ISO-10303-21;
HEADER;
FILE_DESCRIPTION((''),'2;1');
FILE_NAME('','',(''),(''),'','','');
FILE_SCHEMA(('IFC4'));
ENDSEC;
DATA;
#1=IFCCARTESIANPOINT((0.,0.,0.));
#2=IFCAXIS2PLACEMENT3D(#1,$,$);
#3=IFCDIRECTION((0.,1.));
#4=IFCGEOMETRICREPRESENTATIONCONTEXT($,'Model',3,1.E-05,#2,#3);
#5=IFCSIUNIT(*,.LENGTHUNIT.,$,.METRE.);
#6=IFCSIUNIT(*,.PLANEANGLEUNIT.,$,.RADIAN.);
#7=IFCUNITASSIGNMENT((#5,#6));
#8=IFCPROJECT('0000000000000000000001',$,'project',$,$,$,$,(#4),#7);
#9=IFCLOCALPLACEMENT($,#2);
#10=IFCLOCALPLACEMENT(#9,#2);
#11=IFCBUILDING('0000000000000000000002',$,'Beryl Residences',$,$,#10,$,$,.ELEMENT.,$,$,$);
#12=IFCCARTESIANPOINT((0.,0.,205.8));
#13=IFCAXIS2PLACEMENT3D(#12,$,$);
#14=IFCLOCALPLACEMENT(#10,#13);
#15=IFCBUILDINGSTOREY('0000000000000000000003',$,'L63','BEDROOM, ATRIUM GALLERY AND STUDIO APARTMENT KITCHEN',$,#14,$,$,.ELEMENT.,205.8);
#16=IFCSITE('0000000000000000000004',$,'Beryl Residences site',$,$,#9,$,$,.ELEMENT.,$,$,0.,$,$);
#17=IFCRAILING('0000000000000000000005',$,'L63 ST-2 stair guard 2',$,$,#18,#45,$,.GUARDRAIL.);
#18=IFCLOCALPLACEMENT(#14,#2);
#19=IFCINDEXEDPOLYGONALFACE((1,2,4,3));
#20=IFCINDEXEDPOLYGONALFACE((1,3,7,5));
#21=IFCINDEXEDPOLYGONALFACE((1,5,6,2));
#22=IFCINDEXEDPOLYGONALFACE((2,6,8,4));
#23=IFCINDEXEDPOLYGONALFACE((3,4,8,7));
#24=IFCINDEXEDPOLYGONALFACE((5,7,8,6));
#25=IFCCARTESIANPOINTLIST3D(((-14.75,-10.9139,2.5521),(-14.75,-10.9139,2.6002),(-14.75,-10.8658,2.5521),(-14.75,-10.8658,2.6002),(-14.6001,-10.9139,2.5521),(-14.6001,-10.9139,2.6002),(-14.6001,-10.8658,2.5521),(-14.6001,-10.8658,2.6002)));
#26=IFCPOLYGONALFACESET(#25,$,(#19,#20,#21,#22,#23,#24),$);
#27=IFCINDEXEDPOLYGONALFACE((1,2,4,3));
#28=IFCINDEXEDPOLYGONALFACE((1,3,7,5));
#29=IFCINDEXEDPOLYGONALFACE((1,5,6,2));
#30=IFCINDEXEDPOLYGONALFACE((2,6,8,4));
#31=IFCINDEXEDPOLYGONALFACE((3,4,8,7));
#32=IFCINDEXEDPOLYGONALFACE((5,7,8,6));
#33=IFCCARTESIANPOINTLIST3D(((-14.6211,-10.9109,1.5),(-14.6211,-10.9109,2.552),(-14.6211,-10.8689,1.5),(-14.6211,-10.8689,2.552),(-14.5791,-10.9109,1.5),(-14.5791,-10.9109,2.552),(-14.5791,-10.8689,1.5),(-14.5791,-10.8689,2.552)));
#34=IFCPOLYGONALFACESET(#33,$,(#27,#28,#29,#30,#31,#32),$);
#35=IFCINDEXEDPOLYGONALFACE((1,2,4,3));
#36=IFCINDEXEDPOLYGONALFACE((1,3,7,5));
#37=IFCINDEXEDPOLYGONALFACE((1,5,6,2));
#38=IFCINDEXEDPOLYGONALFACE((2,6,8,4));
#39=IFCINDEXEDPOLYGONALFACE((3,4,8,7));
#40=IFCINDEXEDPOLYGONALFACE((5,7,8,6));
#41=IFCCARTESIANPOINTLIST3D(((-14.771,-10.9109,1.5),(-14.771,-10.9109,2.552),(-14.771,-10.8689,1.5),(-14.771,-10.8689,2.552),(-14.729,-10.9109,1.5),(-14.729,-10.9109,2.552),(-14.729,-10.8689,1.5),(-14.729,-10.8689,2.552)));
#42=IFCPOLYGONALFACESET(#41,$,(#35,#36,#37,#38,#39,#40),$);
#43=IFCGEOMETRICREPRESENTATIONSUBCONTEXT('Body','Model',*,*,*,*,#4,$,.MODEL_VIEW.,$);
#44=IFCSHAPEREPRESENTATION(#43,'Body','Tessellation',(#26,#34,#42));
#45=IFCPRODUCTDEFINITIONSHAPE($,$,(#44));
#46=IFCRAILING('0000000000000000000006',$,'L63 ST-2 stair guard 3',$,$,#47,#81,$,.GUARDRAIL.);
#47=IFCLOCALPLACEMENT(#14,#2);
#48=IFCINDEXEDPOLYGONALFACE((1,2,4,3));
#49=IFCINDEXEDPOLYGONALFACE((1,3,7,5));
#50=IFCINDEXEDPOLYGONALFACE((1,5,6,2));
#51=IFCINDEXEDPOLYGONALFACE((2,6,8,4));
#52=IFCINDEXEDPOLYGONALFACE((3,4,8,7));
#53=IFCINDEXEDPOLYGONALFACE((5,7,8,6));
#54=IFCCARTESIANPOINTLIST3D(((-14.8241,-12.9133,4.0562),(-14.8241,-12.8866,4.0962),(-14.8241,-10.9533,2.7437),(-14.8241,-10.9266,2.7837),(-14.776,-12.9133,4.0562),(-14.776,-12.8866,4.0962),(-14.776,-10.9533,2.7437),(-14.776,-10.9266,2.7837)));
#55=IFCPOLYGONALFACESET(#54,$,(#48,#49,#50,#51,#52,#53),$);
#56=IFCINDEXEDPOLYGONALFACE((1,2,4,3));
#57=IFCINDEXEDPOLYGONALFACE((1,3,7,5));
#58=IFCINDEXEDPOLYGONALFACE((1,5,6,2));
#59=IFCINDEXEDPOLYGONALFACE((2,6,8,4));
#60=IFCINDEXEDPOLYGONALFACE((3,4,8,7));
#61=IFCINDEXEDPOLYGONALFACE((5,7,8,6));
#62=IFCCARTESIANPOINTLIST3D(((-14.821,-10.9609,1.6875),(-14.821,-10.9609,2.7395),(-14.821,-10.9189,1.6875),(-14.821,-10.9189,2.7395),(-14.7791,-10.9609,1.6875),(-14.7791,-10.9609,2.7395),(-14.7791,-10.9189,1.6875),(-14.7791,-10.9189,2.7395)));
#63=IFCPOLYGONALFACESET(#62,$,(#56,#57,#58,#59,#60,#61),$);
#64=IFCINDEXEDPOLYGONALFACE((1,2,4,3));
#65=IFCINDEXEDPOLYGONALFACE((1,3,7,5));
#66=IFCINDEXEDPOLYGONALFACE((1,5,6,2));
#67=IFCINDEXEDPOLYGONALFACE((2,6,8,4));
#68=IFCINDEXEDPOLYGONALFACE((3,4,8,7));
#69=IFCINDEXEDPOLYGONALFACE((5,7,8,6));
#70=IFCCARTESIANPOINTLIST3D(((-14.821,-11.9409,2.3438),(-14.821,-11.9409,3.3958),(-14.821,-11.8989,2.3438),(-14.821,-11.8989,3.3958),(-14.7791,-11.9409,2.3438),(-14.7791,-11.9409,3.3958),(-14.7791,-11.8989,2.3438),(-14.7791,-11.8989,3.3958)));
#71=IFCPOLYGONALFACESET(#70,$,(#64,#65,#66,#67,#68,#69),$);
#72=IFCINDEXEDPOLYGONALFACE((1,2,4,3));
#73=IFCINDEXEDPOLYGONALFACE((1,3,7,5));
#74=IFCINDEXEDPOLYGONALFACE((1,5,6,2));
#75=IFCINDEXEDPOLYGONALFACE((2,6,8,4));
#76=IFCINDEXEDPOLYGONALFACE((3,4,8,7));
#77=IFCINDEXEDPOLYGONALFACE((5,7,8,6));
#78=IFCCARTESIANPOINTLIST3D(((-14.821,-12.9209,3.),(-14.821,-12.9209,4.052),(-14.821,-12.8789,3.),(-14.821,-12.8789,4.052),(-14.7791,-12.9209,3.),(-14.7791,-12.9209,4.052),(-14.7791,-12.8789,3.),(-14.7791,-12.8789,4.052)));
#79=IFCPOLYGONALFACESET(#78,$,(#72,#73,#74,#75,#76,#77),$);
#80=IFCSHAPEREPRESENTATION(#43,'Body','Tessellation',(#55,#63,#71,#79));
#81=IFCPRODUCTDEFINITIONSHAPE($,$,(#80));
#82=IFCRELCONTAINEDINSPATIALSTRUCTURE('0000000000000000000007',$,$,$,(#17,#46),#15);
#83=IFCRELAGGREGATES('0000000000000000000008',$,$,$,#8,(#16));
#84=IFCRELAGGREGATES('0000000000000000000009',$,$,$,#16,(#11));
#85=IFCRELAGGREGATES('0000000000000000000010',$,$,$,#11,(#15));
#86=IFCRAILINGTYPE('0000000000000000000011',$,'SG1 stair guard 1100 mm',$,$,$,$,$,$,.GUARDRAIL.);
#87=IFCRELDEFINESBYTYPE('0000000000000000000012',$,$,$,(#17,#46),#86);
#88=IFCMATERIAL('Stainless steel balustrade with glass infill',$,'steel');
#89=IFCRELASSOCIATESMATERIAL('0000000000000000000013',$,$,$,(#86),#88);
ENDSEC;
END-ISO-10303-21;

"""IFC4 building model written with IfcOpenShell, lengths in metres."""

from ifc_helpers import new_model, si_unit, direction, frame, origin, origin_2d, place, context, subcontext, project, spatial, rectangle, extrude, material, type_object, element, save


model = new_model("IFC4")

# Units and contexts
model_context = context("Model", 3, precision=1e-05, world=origin(), true_north=direction((0.0, 1.0)))
body_context = subcontext(model_context, "Body", "Model", "MODEL_VIEW")
ifc_project = project(units=[si_unit("LENGTHUNIT", "METRE"), si_unit("PLANEANGLEUNIT", "RADIAN")], contexts=[model_context])

# Site, building, storey
site_placement = place(None, origin())
site = spatial("IfcSite", under=ifc_project, at=site_placement, Name="Beryl Residences site", CompositionType="ELEMENT", RefElevation=0.0)
building_placement = place(site_placement, origin())
building = spatial("IfcBuilding", under=site, at=building_placement, Name="Beryl Residences", CompositionType="ELEMENT")
storey_placement = place(building_placement, frame((0.0, 0.0, 205.8)))
storey = spatial("IfcBuildingStorey", under=building, at=storey_placement, Name="L63", Description="BEDROOM, ATRIUM GALLERY AND STUDIO APARTMENT KITCHEN", CompositionType="ELEMENT", Elevation=205.8)

# Railings
ifc_material_1 = material(Name="Stainless steel balustrade with glass infill", Category="steel")
railing_type = type_object("IfcRailingType", Name="SG1 stair guard 1100 mm", PredefinedType="GUARDRAIL", material=ifc_material_1)
railing_1_placement = place(storey_placement, frame((-14.6001, -10.8899, 1.5)))
element("IfcRailing", 1, at=railing_1_placement, inside=storey, type_object=railing_type, Name="L63 ST-2 stair guard 2", PredefinedType="GUARDRAIL", context=body_context, shape_type="SweptSolid", body=[
    extrude(rectangle(XDim=0.0481, YDim=0.0481, at=origin_2d()), frame((0.0, 0.0, 1.0762), z_axis=(-1.0, 0.0, 0.0), x_axis=(0.0, -1.0, 0.0)), (0.0, 0.0, 1.0), 0.1499),
    extrude(rectangle(XDim=0.042, YDim=0.042, at=origin_2d()), origin(), (0.0, 0.0, 1.0), 1.052),
    extrude(rectangle(XDim=0.042, YDim=0.042, at=origin_2d()), frame((-0.1499, 0.0, 0.0)), (0.0, 0.0, 1.0), 1.052),
])
railing_2_placement = place(storey_placement, frame((-14.8, -10.9399, 1.6875)))
element("IfcRailing", 2, at=railing_2_placement, inside=storey, type_object=railing_type, Name="L63 ST-2 stair guard 3", PredefinedType="GUARDRAIL", context=body_context, shape_type="SweptSolid", body=[
    extrude(rectangle(XDim=0.0481, YDim=0.0481, at=origin_2d()), frame((0.0, 0.0, 1.0762), z_axis=(0.0, -0.830902, 0.556419), x_axis=(1.0, 0.0, 0.0)), (0.0, 0.0, 1.0), 2.3589),
    extrude(rectangle(XDim=0.042, YDim=0.042, at=origin_2d()), origin(), (0.0, 0.0, 1.0), 1.052),
    extrude(rectangle(XDim=0.042, YDim=0.042, at=origin_2d()), frame((0.0, -0.98, 0.6562)), (0.0, 0.0, 1.0), 1.052),
    extrude(rectangle(XDim=0.042, YDim=0.042, at=origin_2d()), frame((0.0, -1.96, 1.3125)), (0.0, 0.0, 1.0), 1.052),
])

save(model, "model.ifc")
